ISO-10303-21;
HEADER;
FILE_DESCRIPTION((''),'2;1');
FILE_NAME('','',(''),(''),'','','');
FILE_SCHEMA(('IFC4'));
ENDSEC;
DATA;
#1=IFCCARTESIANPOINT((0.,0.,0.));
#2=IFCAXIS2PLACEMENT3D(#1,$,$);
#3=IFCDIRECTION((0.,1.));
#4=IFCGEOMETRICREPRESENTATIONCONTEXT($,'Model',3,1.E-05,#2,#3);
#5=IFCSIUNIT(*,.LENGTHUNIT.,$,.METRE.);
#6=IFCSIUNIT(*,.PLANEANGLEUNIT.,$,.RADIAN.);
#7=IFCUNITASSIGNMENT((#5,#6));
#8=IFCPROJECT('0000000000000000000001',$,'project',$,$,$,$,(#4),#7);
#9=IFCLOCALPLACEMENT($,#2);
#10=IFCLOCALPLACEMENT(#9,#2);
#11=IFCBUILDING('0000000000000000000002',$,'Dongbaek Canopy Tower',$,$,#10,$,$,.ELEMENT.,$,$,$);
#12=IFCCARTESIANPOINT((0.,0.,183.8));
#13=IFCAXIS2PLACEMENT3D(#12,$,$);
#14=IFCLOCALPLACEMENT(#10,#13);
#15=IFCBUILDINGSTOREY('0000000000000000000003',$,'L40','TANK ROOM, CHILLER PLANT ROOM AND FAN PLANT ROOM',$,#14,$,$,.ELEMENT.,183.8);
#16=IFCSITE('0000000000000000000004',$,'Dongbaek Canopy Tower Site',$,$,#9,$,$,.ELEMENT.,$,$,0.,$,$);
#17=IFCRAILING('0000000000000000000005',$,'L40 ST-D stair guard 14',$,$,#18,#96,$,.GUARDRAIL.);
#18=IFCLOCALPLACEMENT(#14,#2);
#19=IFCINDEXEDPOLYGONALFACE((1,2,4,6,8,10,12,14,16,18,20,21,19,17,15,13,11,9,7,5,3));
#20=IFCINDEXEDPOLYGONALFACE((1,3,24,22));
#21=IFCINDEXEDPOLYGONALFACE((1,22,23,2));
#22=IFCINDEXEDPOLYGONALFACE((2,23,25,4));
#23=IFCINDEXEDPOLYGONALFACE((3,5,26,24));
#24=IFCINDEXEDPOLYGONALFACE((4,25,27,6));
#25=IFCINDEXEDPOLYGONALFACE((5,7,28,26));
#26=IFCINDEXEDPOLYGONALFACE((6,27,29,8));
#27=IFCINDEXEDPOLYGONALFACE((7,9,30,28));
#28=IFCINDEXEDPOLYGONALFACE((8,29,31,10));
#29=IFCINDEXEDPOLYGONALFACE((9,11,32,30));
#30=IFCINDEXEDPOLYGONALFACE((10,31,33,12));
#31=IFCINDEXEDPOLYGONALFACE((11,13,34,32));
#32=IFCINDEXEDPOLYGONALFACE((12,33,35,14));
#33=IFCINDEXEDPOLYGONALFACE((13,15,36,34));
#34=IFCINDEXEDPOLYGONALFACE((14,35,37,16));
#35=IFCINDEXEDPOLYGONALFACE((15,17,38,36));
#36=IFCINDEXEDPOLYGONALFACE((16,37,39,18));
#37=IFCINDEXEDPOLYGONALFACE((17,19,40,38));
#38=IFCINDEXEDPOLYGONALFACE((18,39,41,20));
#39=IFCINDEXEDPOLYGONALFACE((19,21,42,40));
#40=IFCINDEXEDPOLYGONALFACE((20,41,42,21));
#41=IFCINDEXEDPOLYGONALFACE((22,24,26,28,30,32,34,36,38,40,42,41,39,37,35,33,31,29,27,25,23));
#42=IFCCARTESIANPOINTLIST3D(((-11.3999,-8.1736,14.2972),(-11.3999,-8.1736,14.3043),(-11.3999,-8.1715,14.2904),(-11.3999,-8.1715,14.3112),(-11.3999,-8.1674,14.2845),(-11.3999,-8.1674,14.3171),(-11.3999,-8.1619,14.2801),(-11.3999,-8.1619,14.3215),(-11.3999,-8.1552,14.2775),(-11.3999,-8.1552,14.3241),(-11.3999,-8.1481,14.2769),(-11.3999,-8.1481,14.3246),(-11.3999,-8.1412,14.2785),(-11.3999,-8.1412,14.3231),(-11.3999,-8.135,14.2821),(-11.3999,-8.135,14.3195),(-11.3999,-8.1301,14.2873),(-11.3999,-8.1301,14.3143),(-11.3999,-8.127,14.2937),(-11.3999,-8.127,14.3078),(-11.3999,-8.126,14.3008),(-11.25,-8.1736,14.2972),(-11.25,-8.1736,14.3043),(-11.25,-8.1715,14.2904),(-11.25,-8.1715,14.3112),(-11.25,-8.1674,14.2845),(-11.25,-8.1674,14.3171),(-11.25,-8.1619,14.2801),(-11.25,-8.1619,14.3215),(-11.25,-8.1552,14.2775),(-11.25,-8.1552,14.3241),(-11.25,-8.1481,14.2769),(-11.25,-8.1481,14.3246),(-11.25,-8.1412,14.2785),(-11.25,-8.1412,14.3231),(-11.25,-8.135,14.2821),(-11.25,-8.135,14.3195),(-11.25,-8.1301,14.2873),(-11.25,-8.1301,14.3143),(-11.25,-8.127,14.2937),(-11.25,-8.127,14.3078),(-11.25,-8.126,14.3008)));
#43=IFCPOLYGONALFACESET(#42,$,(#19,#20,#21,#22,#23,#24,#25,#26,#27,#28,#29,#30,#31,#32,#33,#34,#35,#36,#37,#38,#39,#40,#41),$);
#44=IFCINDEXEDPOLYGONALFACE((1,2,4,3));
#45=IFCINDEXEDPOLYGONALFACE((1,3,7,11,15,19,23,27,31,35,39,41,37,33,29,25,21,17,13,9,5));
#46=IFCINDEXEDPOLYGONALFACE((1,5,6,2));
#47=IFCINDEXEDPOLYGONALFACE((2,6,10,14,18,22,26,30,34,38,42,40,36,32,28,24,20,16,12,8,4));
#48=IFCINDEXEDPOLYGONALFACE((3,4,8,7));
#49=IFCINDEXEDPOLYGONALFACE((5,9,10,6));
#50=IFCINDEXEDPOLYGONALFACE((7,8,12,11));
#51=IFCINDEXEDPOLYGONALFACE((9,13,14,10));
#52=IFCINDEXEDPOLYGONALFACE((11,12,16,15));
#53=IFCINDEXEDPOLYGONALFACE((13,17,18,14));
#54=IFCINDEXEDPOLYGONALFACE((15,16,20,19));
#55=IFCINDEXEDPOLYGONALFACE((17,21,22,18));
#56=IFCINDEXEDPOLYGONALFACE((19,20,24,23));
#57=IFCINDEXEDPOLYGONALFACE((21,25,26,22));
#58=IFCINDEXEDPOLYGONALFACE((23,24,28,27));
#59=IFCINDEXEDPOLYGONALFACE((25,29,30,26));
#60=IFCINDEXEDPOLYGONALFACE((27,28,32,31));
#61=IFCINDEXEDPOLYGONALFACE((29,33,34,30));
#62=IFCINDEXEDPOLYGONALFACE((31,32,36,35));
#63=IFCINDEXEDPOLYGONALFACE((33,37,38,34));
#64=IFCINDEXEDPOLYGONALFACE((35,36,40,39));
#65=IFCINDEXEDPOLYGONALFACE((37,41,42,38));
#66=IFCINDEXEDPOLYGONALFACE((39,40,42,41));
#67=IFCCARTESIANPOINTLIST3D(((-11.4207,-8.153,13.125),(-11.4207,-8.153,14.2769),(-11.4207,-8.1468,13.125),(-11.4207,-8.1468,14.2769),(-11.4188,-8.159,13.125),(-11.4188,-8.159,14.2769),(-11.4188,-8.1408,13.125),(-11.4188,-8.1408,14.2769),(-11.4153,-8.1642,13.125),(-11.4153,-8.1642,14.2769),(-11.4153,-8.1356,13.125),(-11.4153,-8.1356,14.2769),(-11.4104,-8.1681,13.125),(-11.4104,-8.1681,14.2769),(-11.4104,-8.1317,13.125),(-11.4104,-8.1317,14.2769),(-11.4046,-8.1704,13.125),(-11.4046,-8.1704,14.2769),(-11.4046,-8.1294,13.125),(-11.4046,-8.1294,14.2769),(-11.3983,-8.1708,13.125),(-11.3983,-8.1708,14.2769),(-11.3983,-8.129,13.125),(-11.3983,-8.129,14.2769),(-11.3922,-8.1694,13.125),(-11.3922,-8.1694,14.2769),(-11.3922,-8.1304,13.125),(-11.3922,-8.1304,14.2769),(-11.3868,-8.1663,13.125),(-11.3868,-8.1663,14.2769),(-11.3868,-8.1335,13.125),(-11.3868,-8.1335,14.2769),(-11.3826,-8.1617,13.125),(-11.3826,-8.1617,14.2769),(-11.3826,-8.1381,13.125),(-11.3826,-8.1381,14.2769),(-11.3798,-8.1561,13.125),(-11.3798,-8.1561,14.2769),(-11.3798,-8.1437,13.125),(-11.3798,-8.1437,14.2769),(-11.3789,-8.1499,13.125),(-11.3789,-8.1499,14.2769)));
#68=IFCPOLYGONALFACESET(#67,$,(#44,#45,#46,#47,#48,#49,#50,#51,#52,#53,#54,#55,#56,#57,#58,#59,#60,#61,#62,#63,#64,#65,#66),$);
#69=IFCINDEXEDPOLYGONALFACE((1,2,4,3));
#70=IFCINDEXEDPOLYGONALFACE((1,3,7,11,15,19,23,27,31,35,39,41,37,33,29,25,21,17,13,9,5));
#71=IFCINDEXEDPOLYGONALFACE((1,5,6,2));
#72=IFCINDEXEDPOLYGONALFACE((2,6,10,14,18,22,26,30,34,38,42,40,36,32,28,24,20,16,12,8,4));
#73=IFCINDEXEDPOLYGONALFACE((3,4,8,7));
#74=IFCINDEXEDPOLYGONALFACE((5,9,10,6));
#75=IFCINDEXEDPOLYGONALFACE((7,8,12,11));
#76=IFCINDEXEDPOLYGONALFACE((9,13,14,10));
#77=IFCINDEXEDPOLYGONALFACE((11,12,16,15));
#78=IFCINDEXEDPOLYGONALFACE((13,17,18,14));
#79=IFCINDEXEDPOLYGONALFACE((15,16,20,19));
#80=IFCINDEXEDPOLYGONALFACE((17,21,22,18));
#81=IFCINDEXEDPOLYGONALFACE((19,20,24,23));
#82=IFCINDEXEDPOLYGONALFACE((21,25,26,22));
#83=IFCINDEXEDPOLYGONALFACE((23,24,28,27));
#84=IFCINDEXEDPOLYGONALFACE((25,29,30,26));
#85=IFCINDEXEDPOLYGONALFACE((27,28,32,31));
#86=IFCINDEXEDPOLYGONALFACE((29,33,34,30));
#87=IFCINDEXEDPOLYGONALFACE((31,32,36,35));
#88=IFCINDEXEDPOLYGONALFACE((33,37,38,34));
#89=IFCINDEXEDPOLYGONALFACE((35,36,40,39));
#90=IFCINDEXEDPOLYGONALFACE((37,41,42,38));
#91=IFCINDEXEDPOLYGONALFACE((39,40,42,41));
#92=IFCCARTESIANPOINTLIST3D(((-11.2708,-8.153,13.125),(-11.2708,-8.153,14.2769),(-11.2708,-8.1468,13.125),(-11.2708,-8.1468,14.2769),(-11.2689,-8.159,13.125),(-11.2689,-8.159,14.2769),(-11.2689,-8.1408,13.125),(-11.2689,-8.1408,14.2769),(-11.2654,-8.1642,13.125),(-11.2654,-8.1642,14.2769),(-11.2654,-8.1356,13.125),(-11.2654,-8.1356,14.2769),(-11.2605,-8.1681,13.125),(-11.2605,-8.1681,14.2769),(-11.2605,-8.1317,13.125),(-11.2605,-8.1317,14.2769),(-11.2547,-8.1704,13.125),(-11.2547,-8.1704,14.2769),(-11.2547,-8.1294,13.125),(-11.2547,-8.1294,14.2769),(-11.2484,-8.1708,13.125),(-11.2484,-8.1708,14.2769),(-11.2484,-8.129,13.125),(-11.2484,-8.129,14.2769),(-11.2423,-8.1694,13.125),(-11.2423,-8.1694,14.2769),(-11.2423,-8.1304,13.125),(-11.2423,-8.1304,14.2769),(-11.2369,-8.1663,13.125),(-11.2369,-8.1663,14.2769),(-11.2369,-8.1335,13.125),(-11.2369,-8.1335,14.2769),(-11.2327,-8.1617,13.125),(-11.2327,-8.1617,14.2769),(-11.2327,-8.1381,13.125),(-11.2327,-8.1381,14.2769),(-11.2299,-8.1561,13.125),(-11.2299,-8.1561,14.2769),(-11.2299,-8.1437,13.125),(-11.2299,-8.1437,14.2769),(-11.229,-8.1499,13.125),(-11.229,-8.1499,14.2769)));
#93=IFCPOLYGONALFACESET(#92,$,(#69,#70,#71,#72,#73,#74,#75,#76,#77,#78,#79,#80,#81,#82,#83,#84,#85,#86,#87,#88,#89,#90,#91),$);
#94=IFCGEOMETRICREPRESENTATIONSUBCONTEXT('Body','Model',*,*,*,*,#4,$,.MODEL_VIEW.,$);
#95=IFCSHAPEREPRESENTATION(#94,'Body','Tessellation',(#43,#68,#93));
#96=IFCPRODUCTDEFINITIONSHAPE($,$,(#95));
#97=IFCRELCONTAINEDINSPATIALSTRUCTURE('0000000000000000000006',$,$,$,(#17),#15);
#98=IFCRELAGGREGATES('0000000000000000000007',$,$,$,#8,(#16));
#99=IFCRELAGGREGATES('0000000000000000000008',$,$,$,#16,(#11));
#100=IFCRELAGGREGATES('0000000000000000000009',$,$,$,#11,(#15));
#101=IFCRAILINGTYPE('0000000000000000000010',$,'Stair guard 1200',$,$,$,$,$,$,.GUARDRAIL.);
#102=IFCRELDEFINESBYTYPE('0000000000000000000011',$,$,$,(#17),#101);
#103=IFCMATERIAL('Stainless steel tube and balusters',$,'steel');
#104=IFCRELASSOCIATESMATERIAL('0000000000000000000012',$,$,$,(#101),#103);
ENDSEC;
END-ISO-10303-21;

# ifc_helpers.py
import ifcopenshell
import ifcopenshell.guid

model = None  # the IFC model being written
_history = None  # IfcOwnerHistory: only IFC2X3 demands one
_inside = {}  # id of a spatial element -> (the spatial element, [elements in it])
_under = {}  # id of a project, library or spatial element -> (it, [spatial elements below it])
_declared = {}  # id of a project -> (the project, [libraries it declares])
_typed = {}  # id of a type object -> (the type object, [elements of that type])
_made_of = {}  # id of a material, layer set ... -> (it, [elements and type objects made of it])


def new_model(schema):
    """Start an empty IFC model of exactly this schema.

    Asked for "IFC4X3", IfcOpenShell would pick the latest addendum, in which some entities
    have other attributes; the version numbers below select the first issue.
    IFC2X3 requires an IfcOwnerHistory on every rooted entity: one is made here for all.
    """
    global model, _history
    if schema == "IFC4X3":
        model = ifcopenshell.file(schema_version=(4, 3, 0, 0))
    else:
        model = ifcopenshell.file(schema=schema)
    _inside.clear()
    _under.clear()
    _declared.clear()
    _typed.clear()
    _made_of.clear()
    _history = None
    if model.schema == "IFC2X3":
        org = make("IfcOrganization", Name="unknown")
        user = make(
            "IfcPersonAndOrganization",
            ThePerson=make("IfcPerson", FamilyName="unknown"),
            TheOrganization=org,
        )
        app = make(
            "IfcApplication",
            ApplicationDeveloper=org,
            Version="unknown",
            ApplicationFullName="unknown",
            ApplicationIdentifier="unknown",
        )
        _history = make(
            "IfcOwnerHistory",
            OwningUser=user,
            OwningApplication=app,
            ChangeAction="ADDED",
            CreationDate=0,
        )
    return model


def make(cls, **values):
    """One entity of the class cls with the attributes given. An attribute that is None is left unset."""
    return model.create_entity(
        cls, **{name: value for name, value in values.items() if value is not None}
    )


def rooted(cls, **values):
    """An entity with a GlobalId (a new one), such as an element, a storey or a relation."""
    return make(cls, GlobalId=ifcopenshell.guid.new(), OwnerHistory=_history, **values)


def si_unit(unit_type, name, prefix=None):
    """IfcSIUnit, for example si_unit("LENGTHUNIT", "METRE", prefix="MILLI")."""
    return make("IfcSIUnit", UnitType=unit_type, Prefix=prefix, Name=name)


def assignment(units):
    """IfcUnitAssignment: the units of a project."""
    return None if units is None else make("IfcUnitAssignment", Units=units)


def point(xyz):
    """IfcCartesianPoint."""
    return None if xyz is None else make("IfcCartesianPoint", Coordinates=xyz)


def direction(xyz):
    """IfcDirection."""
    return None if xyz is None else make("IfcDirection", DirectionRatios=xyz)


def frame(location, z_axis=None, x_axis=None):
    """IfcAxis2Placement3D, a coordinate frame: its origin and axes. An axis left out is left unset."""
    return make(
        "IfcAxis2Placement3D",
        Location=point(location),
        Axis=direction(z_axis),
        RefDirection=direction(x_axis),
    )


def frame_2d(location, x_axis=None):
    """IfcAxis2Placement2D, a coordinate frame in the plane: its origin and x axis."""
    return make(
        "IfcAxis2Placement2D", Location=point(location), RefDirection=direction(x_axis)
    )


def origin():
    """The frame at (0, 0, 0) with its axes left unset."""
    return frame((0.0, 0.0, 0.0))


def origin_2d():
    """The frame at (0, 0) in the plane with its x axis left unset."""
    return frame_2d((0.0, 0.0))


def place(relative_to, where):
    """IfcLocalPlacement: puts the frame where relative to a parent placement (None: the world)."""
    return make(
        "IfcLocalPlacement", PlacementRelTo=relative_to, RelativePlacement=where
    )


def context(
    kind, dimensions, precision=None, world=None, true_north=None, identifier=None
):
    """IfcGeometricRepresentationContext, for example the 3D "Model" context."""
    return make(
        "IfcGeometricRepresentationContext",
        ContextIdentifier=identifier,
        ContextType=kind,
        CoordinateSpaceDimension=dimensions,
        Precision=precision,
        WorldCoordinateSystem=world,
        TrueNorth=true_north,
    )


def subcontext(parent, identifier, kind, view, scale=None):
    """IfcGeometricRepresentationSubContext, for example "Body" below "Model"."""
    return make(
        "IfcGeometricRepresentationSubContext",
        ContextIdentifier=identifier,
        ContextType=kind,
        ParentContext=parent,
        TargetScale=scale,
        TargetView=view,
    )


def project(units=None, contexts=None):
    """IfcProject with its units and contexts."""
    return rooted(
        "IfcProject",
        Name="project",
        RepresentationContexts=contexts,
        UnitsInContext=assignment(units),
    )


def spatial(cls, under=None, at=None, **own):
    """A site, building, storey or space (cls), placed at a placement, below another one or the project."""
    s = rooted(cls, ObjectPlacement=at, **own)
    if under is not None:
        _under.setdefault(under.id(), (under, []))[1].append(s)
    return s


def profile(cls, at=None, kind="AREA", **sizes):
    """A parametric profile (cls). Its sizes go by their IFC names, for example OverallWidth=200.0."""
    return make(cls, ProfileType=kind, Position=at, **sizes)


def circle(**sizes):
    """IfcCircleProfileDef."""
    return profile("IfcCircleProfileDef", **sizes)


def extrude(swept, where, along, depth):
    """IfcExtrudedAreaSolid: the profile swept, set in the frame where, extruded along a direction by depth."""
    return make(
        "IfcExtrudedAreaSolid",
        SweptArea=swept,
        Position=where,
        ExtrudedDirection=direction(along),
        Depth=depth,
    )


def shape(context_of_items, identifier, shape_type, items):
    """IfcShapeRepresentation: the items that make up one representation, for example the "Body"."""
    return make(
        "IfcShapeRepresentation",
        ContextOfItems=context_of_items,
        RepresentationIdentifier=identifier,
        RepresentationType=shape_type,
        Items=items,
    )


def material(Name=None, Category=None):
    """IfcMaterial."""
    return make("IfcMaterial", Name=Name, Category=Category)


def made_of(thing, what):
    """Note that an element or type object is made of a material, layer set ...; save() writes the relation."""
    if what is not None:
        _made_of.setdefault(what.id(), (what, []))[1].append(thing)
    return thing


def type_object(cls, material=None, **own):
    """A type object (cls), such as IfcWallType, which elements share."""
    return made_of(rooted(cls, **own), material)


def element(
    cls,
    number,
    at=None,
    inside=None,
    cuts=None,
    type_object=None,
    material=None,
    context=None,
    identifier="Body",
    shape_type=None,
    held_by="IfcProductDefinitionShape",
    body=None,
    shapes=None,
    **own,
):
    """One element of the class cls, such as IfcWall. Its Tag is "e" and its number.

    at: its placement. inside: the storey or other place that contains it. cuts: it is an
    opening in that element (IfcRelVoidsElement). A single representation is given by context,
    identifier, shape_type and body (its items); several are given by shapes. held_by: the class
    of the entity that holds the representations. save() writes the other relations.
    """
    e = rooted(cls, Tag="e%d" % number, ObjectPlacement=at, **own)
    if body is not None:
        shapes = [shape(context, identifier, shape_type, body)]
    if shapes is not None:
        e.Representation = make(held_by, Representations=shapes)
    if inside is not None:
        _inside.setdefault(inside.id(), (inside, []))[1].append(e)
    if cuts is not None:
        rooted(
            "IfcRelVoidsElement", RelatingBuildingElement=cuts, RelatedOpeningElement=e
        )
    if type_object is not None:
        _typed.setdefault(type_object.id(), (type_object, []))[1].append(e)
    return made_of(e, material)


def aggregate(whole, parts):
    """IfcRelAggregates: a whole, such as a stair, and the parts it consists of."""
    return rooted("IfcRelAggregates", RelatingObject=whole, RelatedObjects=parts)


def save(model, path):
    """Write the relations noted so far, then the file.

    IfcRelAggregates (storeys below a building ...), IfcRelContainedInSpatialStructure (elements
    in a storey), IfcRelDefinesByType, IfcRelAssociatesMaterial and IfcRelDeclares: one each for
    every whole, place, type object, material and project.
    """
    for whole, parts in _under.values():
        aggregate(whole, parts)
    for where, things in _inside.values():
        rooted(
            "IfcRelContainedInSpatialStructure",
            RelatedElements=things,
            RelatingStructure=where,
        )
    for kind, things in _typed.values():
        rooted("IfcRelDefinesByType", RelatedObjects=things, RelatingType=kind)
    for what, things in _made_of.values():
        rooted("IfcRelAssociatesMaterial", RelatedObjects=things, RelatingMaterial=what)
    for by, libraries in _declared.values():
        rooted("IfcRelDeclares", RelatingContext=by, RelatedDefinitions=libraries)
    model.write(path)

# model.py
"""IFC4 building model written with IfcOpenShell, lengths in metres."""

from ifc_helpers import new_model, si_unit, direction, frame, origin, origin_2d, place, context, subcontext, project, spatial, circle, extrude, material, type_object, element, save


model = new_model("IFC4")

# Units and contexts
model_context = context("Model", 3, precision=1e-05, world=origin(), true_north=direction((0.0, 1.0)))
body_context = subcontext(model_context, "Body", "Model", "MODEL_VIEW")
ifc_project = project(units=[si_unit("LENGTHUNIT", "METRE"), si_unit("PLANEANGLEUNIT", "RADIAN")], contexts=[model_context])

# Site, building, storey
site_placement = place(None, origin())
site = spatial("IfcSite", under=ifc_project, at=site_placement, Name="Dongbaek Canopy Tower Site", CompositionType="ELEMENT", RefElevation=0.0)
building_placement = place(site_placement, origin())
building = spatial("IfcBuilding", under=site, at=building_placement, Name="Dongbaek Canopy Tower", CompositionType="ELEMENT")
storey_placement = place(building_placement, frame((0.0, 0.0, 183.8)))
storey = spatial("IfcBuildingStorey", under=building, at=storey_placement, Name="L40", Description="TANK ROOM, CHILLER PLANT ROOM AND FAN PLANT ROOM", CompositionType="ELEMENT", Elevation=183.8)

# Railing
ifc_material_1 = material(Name="Stainless steel tube and balusters", Category="steel")
railing_type_1 = type_object("IfcRailingType", Name="Stair guard 1200", PredefinedType="GUARDRAIL", material=ifc_material_1)
railing_1_placement = place(storey_placement, frame((-11.3999, -8.1499, 13.125)))
element("IfcRailing", 1, at=railing_1_placement, inside=storey, type_object=railing_type_1, Name="L40 ST-D stair guard 14", PredefinedType="GUARDRAIL", context=body_context, shape_type="SweptSolid", body=[
    extrude(circle(Radius=0.0239, at=origin_2d()), frame((0.0, 0.0, 1.1758), z_axis=(1.0, 0.0, 0.0), x_axis=(0.0, 1.0, 0.0)), (0.0, 0.0, 1.0), 0.1499),
    extrude(circle(Radius=0.021, at=origin_2d()), origin(), (0.0, 0.0, 1.0), 1.1519),
    extrude(circle(Radius=0.021, at=origin_2d()), frame((0.1499, 0.0, 0.0)), (0.0, 0.0, 1.0), 1.1519),
])

save(model, "model.ifc")
